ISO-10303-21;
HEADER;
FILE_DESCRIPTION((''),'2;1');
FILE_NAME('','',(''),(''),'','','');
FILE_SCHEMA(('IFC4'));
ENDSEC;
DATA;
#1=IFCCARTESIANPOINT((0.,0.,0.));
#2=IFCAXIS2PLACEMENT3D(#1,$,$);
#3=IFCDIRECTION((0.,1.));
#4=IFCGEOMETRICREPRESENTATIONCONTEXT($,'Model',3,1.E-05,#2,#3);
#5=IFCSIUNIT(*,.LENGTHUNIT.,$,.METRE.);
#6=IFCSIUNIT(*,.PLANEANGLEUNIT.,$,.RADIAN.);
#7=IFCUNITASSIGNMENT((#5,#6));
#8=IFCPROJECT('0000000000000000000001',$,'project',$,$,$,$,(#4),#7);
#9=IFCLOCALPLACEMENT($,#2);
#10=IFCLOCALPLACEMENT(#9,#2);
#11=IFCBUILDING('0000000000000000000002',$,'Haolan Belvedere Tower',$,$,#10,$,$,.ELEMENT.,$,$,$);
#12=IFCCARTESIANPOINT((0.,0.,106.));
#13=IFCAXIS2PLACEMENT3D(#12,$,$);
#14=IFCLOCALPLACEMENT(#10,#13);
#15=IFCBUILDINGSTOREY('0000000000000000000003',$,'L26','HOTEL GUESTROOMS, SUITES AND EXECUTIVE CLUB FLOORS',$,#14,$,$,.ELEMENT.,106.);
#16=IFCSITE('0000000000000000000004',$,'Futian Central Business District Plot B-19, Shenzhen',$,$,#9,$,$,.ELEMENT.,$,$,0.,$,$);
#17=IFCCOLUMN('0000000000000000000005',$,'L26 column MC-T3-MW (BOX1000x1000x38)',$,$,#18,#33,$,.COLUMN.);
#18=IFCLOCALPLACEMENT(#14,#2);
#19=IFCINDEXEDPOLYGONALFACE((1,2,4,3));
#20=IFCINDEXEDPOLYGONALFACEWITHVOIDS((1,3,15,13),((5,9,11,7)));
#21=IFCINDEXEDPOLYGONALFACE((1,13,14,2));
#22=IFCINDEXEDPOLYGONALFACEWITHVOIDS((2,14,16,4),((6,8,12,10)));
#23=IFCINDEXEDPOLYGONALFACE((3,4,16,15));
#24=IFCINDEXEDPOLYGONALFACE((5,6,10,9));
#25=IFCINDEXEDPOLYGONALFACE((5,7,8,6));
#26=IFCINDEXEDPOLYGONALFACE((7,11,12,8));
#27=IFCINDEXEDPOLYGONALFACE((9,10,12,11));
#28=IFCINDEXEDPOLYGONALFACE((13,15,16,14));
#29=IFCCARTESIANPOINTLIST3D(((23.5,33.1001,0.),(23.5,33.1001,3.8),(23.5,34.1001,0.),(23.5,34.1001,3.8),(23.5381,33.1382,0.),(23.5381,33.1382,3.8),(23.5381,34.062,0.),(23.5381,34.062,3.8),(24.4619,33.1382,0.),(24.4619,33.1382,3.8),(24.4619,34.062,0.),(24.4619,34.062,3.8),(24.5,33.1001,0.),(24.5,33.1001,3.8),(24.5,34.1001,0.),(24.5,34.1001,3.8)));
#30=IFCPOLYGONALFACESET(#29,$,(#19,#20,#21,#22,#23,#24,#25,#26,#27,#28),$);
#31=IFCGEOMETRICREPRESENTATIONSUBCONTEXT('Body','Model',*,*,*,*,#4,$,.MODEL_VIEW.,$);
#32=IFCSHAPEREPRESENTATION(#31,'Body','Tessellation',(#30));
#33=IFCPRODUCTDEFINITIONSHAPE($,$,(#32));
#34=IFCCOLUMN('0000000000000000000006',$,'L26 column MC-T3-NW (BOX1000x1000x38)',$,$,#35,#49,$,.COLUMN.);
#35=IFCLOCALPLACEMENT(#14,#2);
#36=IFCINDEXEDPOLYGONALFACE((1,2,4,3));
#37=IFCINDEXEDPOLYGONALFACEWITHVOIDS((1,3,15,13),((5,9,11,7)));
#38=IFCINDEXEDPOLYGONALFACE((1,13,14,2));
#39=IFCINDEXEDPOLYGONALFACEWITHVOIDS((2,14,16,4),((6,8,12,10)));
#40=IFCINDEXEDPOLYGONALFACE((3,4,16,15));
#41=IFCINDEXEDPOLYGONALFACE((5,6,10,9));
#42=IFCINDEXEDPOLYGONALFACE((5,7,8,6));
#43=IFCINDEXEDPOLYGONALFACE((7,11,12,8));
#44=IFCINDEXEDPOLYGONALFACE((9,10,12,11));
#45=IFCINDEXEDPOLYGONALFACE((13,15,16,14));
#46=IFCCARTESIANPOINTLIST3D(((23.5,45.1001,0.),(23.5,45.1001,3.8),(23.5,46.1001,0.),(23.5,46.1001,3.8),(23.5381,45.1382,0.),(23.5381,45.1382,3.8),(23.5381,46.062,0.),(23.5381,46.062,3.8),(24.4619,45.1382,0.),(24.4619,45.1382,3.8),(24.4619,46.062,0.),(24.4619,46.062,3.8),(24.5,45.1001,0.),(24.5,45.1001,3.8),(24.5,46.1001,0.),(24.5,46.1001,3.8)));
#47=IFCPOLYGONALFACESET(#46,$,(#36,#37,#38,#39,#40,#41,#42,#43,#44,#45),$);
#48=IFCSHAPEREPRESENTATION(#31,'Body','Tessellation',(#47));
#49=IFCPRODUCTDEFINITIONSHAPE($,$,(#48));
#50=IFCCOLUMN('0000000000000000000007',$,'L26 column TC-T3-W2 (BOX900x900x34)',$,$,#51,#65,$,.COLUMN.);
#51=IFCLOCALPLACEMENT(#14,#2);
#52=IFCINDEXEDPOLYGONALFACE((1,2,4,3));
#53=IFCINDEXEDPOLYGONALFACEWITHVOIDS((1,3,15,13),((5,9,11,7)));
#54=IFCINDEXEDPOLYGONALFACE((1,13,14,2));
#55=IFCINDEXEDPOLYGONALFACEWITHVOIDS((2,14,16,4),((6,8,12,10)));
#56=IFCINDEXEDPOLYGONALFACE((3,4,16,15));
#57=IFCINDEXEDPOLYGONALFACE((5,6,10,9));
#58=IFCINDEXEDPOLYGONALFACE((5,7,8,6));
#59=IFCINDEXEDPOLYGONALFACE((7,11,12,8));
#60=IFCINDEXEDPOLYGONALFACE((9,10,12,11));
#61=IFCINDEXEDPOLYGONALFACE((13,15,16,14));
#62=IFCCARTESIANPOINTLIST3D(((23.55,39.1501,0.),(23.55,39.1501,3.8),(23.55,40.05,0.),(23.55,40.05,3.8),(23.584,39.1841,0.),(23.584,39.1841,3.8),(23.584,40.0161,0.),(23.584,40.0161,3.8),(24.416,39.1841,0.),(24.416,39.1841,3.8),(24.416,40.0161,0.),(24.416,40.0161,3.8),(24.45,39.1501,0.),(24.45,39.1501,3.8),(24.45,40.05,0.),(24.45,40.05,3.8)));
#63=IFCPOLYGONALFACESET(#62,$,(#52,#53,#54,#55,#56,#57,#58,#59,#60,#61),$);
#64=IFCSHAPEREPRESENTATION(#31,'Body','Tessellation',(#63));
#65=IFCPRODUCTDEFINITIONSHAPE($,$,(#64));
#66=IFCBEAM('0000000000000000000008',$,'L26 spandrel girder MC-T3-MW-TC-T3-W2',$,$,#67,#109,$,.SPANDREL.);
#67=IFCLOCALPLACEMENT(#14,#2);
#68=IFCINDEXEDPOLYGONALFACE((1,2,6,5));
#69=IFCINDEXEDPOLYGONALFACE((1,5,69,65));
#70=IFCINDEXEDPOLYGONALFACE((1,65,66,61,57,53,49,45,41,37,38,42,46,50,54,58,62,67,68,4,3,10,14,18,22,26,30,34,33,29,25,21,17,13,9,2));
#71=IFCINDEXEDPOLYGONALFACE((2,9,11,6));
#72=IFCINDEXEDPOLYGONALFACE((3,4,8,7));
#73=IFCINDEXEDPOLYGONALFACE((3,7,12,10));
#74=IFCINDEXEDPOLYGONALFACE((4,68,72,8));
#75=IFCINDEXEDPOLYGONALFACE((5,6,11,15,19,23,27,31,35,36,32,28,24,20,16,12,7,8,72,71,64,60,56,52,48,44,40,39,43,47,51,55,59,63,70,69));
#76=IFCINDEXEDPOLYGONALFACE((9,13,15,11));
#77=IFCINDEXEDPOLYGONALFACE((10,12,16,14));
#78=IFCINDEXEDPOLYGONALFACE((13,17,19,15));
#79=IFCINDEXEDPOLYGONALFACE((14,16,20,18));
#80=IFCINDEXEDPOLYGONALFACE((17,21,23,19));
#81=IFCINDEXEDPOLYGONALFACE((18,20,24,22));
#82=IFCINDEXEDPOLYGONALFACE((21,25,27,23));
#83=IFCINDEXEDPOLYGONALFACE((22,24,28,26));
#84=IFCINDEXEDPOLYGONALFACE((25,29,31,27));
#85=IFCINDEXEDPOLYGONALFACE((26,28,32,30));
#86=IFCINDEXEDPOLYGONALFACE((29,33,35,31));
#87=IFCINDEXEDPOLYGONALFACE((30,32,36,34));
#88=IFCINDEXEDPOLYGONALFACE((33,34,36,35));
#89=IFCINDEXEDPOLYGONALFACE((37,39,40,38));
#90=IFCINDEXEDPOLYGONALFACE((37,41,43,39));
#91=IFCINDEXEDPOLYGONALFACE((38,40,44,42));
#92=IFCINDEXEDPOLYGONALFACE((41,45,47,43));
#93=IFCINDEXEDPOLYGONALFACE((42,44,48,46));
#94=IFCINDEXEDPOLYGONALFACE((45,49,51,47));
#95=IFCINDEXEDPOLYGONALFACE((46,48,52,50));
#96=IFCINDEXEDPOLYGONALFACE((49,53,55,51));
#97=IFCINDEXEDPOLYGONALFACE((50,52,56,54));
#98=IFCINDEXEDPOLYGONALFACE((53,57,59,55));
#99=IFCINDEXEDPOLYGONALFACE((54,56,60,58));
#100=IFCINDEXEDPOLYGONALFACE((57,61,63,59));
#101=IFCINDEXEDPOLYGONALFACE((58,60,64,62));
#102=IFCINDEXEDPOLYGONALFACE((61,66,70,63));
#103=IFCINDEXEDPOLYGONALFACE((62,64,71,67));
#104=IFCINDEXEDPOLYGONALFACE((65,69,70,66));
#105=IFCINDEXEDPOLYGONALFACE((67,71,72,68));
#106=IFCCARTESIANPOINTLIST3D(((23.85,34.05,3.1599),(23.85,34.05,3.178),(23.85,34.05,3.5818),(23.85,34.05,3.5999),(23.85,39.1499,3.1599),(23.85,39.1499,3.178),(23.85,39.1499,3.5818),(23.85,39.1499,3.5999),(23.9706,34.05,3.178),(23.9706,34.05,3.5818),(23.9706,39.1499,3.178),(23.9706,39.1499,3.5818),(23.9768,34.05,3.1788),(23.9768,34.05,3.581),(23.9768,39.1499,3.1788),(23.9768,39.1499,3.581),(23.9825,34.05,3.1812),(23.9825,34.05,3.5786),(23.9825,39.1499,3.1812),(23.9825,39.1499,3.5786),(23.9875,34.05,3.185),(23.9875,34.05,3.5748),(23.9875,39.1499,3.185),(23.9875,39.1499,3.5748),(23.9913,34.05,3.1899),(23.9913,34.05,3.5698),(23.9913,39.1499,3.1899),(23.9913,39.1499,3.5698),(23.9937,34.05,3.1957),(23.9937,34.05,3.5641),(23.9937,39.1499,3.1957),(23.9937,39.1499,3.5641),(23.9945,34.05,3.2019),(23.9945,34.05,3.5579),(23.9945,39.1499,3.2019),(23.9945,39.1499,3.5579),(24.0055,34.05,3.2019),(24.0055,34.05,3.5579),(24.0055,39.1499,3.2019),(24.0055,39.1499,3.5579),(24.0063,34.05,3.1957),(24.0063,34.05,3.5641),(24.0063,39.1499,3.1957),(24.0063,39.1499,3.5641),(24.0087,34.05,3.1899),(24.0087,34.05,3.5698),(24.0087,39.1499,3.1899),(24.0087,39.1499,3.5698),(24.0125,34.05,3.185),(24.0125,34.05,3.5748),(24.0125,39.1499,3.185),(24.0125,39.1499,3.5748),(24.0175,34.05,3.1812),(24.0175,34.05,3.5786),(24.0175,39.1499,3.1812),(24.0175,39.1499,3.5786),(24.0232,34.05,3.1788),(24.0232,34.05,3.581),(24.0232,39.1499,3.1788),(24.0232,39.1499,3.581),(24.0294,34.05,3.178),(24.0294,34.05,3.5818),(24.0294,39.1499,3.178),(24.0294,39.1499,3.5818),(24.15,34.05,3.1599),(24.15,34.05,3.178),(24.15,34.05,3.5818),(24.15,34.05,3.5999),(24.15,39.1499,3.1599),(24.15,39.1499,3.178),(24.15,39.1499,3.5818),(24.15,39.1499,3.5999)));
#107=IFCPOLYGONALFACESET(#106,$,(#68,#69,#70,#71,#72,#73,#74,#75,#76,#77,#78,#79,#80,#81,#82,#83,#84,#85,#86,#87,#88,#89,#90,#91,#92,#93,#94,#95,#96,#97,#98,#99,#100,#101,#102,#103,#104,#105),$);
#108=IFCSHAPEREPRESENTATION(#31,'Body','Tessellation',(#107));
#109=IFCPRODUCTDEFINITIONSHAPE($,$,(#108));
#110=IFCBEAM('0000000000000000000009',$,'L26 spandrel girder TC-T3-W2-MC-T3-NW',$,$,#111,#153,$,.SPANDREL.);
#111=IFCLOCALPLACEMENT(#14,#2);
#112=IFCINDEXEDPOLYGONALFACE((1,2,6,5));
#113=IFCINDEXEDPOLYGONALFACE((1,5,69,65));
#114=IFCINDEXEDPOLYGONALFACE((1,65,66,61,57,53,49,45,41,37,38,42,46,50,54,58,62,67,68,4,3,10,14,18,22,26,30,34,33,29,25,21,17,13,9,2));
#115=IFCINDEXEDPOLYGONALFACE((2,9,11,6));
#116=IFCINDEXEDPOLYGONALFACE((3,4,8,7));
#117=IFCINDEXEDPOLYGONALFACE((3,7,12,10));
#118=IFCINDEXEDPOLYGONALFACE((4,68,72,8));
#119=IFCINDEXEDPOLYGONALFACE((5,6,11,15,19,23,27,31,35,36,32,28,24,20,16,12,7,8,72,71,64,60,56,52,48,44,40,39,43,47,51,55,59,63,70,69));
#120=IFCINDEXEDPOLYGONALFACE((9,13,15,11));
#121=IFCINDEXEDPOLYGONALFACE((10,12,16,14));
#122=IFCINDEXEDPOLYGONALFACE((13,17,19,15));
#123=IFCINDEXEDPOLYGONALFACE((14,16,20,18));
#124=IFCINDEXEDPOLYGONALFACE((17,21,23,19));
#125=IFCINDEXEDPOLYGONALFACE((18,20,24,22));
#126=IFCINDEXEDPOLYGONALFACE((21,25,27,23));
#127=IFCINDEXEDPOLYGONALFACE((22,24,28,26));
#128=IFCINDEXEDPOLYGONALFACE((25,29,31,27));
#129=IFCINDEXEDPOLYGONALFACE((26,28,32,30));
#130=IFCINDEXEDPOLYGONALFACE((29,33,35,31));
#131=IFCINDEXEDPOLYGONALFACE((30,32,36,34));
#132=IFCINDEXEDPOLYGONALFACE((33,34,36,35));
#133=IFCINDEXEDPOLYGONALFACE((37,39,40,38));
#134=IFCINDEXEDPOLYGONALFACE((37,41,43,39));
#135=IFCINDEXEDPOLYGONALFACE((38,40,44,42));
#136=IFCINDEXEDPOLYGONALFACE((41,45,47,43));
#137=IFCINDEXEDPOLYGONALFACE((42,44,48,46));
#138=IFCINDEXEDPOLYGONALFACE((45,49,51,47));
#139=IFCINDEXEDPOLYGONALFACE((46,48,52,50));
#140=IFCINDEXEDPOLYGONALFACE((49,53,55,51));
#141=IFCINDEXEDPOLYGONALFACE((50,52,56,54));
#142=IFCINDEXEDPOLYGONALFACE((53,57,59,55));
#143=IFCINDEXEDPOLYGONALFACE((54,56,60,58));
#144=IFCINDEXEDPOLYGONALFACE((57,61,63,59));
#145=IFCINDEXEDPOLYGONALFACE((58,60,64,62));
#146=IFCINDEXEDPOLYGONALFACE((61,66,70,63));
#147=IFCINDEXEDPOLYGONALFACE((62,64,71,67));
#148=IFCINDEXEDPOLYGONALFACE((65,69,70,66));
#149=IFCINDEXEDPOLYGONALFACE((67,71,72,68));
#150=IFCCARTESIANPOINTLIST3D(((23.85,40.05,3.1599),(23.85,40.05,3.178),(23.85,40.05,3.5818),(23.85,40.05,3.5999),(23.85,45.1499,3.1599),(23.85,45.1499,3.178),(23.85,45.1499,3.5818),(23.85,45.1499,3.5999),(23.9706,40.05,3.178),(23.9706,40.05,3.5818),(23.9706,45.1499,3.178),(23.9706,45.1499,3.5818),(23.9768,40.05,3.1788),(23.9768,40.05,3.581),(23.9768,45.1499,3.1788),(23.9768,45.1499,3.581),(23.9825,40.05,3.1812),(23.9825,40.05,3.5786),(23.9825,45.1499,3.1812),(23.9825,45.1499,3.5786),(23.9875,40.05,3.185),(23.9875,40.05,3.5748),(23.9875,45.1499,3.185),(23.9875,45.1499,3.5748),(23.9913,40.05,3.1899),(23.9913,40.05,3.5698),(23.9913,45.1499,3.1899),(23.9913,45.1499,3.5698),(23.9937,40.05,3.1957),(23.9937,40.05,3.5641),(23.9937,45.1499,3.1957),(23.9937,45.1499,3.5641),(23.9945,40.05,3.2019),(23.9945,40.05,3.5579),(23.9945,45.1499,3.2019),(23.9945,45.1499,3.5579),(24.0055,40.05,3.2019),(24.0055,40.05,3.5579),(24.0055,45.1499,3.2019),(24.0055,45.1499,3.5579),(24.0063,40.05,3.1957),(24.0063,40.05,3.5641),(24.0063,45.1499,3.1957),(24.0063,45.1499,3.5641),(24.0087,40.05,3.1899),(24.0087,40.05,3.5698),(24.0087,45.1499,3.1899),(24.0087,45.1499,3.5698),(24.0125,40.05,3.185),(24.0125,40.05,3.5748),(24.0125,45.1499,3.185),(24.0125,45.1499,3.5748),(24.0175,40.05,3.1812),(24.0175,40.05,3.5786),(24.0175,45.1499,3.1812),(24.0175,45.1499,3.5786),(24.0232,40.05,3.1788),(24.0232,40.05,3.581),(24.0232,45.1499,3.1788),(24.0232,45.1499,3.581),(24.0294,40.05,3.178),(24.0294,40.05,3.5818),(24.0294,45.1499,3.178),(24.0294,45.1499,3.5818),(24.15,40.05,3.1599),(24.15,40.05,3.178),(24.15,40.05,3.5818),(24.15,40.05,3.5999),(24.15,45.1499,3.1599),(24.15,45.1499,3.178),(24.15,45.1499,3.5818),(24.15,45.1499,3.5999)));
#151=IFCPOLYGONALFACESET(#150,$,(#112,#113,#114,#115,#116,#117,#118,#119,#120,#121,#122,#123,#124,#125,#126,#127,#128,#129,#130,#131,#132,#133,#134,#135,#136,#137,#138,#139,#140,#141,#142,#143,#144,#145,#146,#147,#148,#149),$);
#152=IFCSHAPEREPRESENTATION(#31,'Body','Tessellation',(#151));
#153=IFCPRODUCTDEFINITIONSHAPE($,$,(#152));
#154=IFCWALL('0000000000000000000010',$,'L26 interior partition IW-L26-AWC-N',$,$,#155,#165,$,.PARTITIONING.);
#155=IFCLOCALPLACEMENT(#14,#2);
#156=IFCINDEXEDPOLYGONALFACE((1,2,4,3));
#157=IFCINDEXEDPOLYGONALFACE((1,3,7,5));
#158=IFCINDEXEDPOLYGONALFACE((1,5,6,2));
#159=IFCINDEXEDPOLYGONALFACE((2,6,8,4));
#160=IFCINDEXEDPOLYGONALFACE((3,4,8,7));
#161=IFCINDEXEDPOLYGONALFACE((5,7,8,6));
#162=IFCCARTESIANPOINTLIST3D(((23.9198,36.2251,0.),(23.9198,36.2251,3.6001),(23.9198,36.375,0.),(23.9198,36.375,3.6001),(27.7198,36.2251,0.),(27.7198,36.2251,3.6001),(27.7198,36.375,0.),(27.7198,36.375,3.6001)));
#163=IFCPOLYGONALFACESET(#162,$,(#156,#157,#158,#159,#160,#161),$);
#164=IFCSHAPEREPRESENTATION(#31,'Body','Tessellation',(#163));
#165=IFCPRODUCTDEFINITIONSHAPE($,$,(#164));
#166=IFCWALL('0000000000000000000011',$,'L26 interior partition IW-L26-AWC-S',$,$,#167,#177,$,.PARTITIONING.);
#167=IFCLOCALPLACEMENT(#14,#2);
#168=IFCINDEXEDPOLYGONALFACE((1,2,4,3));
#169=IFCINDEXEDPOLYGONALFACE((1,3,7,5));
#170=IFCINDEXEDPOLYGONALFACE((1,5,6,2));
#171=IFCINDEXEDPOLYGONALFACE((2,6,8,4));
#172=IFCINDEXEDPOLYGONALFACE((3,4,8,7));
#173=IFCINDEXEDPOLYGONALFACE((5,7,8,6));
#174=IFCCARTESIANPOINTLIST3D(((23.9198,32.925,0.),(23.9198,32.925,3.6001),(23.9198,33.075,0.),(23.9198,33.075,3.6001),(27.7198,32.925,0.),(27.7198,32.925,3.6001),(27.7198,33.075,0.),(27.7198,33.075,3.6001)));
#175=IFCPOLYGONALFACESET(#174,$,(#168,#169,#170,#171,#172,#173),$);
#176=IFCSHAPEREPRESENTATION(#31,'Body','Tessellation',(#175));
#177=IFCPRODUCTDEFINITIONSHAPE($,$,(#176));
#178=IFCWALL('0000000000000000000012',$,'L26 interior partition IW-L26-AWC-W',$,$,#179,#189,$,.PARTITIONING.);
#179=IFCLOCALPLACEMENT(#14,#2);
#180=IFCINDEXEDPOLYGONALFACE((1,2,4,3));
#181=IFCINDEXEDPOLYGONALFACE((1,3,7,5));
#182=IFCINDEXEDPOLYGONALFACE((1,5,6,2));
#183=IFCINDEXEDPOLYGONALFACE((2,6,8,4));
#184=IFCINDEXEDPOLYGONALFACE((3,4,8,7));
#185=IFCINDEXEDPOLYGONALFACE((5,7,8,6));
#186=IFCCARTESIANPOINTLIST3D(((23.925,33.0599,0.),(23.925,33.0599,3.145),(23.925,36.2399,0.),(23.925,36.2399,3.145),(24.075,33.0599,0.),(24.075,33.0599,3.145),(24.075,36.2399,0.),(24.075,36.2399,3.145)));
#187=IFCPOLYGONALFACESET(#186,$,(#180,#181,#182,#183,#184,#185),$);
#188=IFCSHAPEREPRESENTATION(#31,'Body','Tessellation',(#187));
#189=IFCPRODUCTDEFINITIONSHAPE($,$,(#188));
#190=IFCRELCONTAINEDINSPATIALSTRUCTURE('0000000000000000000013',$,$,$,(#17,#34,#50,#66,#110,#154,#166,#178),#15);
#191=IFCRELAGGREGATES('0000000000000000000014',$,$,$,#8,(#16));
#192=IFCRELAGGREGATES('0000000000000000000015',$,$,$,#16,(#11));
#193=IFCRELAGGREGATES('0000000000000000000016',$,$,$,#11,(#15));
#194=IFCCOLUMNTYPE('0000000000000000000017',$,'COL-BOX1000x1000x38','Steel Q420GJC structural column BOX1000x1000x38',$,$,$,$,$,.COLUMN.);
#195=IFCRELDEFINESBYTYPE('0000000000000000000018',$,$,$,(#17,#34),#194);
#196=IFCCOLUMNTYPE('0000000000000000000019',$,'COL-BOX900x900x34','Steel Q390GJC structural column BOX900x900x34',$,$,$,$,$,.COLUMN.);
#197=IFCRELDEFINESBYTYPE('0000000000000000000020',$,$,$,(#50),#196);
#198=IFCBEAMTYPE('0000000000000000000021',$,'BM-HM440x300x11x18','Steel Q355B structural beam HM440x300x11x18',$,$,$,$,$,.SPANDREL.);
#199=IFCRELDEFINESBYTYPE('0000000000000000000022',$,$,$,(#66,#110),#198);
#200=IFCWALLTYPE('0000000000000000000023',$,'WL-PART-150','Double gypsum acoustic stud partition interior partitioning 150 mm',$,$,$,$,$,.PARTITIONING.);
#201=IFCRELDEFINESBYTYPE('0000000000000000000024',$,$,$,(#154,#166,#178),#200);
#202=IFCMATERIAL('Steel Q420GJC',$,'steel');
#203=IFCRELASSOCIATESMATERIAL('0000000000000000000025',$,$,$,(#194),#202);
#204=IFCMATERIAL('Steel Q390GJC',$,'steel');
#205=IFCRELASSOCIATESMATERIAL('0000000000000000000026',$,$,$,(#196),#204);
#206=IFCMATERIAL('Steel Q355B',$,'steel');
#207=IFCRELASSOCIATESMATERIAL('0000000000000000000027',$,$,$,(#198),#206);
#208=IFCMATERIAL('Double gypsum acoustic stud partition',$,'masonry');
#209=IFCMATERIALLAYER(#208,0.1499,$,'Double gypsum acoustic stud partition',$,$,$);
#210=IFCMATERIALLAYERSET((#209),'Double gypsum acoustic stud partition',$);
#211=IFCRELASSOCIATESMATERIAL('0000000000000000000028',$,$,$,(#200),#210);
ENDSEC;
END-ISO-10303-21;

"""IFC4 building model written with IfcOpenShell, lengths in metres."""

from ifc_helpers import new_model, si_unit, direction, frame, frame_2d, origin, origin_2d, place, context, subcontext, project, spatial, rectangle, hollow_rectangle, i_section, extrude, material, layer, layer_set, material_profile, profile_set, type_object, element, save


model = new_model("IFC4")

# Units and contexts
model_context = context("Model", 3, precision=1e-05, world=origin(), true_north=direction((0.0, 1.0)))
body_context = subcontext(model_context, "Body", "Model", "MODEL_VIEW")
ifc_project = project(units=[si_unit("LENGTHUNIT", "METRE"), si_unit("PLANEANGLEUNIT", "RADIAN")], contexts=[model_context])

# Site, building, storey
site_placement = place(None, origin())
site = spatial("IfcSite", under=ifc_project, at=site_placement, Name="Futian Central Business District Plot B-19, Shenzhen", CompositionType="ELEMENT", RefElevation=0.0)
building_placement = place(site_placement, origin())
building = spatial("IfcBuilding", under=site, at=building_placement, Name="Haolan Belvedere Tower", CompositionType="ELEMENT")
storey_placement = place(building_placement, frame((0.0, 0.0, 106.0)))
storey = spatial("IfcBuildingStorey", under=building, at=storey_placement, Name="L26", Description="HOTEL GUESTROOMS, SUITES AND EXECUTIVE CLUB FLOORS", CompositionType="ELEMENT", Elevation=106.0)

# Columns
ifc_material_1 = material(Name="Steel Q420GJC", Category="steel")
ifc_material_profile_1 = material_profile(ifc_material_1, hollow_rectangle(XDim=1.0, YDim=1.0, WallThickness=0.0381, at=origin_2d()), Name="Steel Q420GJC")
ifc_profile_set_1 = profile_set([ifc_material_profile_1], Name="Steel Q420GJC")
column_type_1 = type_object("IfcColumnType", Name="COL-BOX1000x1000x38", Description="Steel Q420GJC structural column BOX1000x1000x38", PredefinedType="COLUMN", material=ifc_profile_set_1)
for number, where, z_axis, x_axis, name in (
    (1, (24.0, 33.6001, 0.0), (0.0, 0.0, 1.0), (1.0, 0.0, 0.0), "L26 column MC-T3-MW (BOX1000x1000x38)"),
    (2, (24.0, 45.6001, 0.0), (0.0, 0.0, 1.0), (1.0, 0.0, 0.0), "L26 column MC-T3-NW (BOX1000x1000x38)"),
):
    element("IfcColumn", number, at=place(storey_placement, frame(where, z_axis=z_axis, x_axis=x_axis)), inside=storey, type_object=column_type_1, Name=name, PredefinedType="COLUMN", context=body_context, shape_type="SweptSolid", body=[
        extrude(hollow_rectangle(XDim=1.0, YDim=1.0, WallThickness=0.0381, at=origin_2d()), origin(), (0.0, 0.0, 1.0), 3.8),
    ])
ifc_material_2 = material(Name="Steel Q390GJC", Category="steel")
ifc_material_profile_2 = material_profile(ifc_material_2, hollow_rectangle(XDim=0.8999, YDim=0.8999, WallThickness=0.0339, at=origin_2d()), Name="Steel Q390GJC")
ifc_profile_set_2 = profile_set([ifc_material_profile_2], Name="Steel Q390GJC")
column_type_2 = type_object("IfcColumnType", Name="COL-BOX900x900x34", Description="Steel Q390GJC structural column BOX900x900x34", PredefinedType="COLUMN", material=ifc_profile_set_2)
column_placement = place(storey_placement, frame((24.0, 39.6001, 0.0), z_axis=(0.0, 0.0, 1.0), x_axis=(1.0, 0.0, 0.0)))
element("IfcColumn", 3, at=column_placement, inside=storey, type_object=column_type_2, Name="L26 column TC-T3-W2 (BOX900x900x34)", PredefinedType="COLUMN", context=body_context, shape_type="SweptSolid", body=[
    extrude(hollow_rectangle(XDim=0.8999, YDim=0.8999, WallThickness=0.0339, at=origin_2d()), origin(), (0.0, 0.0, 1.0), 3.8),
])

# Beams
ifc_material_3 = material(Name="Steel Q355B", Category="steel")
ifc_material_profile_3 = material_profile(ifc_material_3, i_section(OverallWidth=0.3, OverallDepth=0.4399, WebThickness=0.011, FlangeThickness=0.0181, FilletRadius=0.0239, at=origin_2d()), Name="Steel Q355B")
ifc_profile_set_3 = profile_set([ifc_material_profile_3], Name="Steel Q355B")
beam_type = type_object("IfcBeamType", Name="BM-HM440x300x11x18", Description="Steel Q355B structural beam HM440x300x11x18", PredefinedType="SPANDREL", material=ifc_profile_set_3)
for number, where, z_axis, x_axis, name in (
    (4, (24.0, 34.05, 3.3799), (0.0, 1.0, 0.0), (-1.0, 0.0, 0.0), "L26 spandrel girder MC-T3-MW-TC-T3-W2"),
    (5, (24.0, 40.05, 3.3799), (0.0, 1.0, 0.0), (-1.0, 0.0, 0.0), "L26 spandrel girder TC-T3-W2-MC-T3-NW"),
):
    element("IfcBeam", number, at=place(storey_placement, frame(where, z_axis=z_axis, x_axis=x_axis)), inside=storey, type_object=beam_type, Name=name, PredefinedType="SPANDREL", context=body_context, shape_type="SweptSolid", body=[
        extrude(i_section(OverallWidth=0.3, OverallDepth=0.4399, WebThickness=0.011, FlangeThickness=0.0181, FilletRadius=0.0239, at=origin_2d()), origin(), (0.0, 0.0, 1.0), 5.0999),
    ])

# Walls
ifc_material_4 = material(Name="Double gypsum acoustic stud partition", Category="masonry")
ifc_layer_1 = layer(ifc_material_4, 0.1499, Name="Double gypsum acoustic stud partition")
ifc_layer_set_1 = layer_set([ifc_layer_1], Name="Double gypsum acoustic stud partition")
wall_type_1 = type_object("IfcWallType", Name="WL-PART-150", Description="Double gypsum acoustic stud partition interior partitioning 150 mm", PredefinedType="PARTITIONING", material=ifc_layer_set_1)
for number, where, z_axis, x_axis, name in (
    (6, (23.9199, 36.3, 0.0), (0.0, 0.0, 1.0), (1.0, 0.0, 0.0), "L26 interior partition IW-L26-AWC-N"),
    (7, (23.9199, 33.0, 0.0), (0.0, 0.0, 1.0), (1.0, 0.0, 0.0), "L26 interior partition IW-L26-AWC-S"),
):
    element("IfcWall", number, at=place(storey_placement, frame(where, z_axis=z_axis, x_axis=x_axis)), inside=storey, type_object=wall_type_1, Name=name, PredefinedType="PARTITIONING", context=body_context, shape_type="SweptSolid", body=[
        extrude(rectangle(XDim=3.8, YDim=0.1499, at=frame_2d((1.8999, 0.0))), origin(), (0.0, 0.0, 1.0), 3.6001),
    ])
wall_1_placement = place(storey_placement, frame((24.0, 33.0601, 0.0), z_axis=(0.0, 0.0, 1.0), x_axis=(0.0, 1.0, 0.0)))
element("IfcWall", 8, at=wall_1_placement, inside=storey, type_object=wall_type_1, Name="L26 interior partition IW-L26-AWC-W", PredefinedType="PARTITIONING", context=body_context, shape_type="SweptSolid", body=[
    extrude(rectangle(XDim=3.1799, YDim=0.1499, at=frame_2d((1.5898, 0.0))), origin(), (0.0, 0.0, 1.0), 3.145),
])

save(model, "model.ifc")
